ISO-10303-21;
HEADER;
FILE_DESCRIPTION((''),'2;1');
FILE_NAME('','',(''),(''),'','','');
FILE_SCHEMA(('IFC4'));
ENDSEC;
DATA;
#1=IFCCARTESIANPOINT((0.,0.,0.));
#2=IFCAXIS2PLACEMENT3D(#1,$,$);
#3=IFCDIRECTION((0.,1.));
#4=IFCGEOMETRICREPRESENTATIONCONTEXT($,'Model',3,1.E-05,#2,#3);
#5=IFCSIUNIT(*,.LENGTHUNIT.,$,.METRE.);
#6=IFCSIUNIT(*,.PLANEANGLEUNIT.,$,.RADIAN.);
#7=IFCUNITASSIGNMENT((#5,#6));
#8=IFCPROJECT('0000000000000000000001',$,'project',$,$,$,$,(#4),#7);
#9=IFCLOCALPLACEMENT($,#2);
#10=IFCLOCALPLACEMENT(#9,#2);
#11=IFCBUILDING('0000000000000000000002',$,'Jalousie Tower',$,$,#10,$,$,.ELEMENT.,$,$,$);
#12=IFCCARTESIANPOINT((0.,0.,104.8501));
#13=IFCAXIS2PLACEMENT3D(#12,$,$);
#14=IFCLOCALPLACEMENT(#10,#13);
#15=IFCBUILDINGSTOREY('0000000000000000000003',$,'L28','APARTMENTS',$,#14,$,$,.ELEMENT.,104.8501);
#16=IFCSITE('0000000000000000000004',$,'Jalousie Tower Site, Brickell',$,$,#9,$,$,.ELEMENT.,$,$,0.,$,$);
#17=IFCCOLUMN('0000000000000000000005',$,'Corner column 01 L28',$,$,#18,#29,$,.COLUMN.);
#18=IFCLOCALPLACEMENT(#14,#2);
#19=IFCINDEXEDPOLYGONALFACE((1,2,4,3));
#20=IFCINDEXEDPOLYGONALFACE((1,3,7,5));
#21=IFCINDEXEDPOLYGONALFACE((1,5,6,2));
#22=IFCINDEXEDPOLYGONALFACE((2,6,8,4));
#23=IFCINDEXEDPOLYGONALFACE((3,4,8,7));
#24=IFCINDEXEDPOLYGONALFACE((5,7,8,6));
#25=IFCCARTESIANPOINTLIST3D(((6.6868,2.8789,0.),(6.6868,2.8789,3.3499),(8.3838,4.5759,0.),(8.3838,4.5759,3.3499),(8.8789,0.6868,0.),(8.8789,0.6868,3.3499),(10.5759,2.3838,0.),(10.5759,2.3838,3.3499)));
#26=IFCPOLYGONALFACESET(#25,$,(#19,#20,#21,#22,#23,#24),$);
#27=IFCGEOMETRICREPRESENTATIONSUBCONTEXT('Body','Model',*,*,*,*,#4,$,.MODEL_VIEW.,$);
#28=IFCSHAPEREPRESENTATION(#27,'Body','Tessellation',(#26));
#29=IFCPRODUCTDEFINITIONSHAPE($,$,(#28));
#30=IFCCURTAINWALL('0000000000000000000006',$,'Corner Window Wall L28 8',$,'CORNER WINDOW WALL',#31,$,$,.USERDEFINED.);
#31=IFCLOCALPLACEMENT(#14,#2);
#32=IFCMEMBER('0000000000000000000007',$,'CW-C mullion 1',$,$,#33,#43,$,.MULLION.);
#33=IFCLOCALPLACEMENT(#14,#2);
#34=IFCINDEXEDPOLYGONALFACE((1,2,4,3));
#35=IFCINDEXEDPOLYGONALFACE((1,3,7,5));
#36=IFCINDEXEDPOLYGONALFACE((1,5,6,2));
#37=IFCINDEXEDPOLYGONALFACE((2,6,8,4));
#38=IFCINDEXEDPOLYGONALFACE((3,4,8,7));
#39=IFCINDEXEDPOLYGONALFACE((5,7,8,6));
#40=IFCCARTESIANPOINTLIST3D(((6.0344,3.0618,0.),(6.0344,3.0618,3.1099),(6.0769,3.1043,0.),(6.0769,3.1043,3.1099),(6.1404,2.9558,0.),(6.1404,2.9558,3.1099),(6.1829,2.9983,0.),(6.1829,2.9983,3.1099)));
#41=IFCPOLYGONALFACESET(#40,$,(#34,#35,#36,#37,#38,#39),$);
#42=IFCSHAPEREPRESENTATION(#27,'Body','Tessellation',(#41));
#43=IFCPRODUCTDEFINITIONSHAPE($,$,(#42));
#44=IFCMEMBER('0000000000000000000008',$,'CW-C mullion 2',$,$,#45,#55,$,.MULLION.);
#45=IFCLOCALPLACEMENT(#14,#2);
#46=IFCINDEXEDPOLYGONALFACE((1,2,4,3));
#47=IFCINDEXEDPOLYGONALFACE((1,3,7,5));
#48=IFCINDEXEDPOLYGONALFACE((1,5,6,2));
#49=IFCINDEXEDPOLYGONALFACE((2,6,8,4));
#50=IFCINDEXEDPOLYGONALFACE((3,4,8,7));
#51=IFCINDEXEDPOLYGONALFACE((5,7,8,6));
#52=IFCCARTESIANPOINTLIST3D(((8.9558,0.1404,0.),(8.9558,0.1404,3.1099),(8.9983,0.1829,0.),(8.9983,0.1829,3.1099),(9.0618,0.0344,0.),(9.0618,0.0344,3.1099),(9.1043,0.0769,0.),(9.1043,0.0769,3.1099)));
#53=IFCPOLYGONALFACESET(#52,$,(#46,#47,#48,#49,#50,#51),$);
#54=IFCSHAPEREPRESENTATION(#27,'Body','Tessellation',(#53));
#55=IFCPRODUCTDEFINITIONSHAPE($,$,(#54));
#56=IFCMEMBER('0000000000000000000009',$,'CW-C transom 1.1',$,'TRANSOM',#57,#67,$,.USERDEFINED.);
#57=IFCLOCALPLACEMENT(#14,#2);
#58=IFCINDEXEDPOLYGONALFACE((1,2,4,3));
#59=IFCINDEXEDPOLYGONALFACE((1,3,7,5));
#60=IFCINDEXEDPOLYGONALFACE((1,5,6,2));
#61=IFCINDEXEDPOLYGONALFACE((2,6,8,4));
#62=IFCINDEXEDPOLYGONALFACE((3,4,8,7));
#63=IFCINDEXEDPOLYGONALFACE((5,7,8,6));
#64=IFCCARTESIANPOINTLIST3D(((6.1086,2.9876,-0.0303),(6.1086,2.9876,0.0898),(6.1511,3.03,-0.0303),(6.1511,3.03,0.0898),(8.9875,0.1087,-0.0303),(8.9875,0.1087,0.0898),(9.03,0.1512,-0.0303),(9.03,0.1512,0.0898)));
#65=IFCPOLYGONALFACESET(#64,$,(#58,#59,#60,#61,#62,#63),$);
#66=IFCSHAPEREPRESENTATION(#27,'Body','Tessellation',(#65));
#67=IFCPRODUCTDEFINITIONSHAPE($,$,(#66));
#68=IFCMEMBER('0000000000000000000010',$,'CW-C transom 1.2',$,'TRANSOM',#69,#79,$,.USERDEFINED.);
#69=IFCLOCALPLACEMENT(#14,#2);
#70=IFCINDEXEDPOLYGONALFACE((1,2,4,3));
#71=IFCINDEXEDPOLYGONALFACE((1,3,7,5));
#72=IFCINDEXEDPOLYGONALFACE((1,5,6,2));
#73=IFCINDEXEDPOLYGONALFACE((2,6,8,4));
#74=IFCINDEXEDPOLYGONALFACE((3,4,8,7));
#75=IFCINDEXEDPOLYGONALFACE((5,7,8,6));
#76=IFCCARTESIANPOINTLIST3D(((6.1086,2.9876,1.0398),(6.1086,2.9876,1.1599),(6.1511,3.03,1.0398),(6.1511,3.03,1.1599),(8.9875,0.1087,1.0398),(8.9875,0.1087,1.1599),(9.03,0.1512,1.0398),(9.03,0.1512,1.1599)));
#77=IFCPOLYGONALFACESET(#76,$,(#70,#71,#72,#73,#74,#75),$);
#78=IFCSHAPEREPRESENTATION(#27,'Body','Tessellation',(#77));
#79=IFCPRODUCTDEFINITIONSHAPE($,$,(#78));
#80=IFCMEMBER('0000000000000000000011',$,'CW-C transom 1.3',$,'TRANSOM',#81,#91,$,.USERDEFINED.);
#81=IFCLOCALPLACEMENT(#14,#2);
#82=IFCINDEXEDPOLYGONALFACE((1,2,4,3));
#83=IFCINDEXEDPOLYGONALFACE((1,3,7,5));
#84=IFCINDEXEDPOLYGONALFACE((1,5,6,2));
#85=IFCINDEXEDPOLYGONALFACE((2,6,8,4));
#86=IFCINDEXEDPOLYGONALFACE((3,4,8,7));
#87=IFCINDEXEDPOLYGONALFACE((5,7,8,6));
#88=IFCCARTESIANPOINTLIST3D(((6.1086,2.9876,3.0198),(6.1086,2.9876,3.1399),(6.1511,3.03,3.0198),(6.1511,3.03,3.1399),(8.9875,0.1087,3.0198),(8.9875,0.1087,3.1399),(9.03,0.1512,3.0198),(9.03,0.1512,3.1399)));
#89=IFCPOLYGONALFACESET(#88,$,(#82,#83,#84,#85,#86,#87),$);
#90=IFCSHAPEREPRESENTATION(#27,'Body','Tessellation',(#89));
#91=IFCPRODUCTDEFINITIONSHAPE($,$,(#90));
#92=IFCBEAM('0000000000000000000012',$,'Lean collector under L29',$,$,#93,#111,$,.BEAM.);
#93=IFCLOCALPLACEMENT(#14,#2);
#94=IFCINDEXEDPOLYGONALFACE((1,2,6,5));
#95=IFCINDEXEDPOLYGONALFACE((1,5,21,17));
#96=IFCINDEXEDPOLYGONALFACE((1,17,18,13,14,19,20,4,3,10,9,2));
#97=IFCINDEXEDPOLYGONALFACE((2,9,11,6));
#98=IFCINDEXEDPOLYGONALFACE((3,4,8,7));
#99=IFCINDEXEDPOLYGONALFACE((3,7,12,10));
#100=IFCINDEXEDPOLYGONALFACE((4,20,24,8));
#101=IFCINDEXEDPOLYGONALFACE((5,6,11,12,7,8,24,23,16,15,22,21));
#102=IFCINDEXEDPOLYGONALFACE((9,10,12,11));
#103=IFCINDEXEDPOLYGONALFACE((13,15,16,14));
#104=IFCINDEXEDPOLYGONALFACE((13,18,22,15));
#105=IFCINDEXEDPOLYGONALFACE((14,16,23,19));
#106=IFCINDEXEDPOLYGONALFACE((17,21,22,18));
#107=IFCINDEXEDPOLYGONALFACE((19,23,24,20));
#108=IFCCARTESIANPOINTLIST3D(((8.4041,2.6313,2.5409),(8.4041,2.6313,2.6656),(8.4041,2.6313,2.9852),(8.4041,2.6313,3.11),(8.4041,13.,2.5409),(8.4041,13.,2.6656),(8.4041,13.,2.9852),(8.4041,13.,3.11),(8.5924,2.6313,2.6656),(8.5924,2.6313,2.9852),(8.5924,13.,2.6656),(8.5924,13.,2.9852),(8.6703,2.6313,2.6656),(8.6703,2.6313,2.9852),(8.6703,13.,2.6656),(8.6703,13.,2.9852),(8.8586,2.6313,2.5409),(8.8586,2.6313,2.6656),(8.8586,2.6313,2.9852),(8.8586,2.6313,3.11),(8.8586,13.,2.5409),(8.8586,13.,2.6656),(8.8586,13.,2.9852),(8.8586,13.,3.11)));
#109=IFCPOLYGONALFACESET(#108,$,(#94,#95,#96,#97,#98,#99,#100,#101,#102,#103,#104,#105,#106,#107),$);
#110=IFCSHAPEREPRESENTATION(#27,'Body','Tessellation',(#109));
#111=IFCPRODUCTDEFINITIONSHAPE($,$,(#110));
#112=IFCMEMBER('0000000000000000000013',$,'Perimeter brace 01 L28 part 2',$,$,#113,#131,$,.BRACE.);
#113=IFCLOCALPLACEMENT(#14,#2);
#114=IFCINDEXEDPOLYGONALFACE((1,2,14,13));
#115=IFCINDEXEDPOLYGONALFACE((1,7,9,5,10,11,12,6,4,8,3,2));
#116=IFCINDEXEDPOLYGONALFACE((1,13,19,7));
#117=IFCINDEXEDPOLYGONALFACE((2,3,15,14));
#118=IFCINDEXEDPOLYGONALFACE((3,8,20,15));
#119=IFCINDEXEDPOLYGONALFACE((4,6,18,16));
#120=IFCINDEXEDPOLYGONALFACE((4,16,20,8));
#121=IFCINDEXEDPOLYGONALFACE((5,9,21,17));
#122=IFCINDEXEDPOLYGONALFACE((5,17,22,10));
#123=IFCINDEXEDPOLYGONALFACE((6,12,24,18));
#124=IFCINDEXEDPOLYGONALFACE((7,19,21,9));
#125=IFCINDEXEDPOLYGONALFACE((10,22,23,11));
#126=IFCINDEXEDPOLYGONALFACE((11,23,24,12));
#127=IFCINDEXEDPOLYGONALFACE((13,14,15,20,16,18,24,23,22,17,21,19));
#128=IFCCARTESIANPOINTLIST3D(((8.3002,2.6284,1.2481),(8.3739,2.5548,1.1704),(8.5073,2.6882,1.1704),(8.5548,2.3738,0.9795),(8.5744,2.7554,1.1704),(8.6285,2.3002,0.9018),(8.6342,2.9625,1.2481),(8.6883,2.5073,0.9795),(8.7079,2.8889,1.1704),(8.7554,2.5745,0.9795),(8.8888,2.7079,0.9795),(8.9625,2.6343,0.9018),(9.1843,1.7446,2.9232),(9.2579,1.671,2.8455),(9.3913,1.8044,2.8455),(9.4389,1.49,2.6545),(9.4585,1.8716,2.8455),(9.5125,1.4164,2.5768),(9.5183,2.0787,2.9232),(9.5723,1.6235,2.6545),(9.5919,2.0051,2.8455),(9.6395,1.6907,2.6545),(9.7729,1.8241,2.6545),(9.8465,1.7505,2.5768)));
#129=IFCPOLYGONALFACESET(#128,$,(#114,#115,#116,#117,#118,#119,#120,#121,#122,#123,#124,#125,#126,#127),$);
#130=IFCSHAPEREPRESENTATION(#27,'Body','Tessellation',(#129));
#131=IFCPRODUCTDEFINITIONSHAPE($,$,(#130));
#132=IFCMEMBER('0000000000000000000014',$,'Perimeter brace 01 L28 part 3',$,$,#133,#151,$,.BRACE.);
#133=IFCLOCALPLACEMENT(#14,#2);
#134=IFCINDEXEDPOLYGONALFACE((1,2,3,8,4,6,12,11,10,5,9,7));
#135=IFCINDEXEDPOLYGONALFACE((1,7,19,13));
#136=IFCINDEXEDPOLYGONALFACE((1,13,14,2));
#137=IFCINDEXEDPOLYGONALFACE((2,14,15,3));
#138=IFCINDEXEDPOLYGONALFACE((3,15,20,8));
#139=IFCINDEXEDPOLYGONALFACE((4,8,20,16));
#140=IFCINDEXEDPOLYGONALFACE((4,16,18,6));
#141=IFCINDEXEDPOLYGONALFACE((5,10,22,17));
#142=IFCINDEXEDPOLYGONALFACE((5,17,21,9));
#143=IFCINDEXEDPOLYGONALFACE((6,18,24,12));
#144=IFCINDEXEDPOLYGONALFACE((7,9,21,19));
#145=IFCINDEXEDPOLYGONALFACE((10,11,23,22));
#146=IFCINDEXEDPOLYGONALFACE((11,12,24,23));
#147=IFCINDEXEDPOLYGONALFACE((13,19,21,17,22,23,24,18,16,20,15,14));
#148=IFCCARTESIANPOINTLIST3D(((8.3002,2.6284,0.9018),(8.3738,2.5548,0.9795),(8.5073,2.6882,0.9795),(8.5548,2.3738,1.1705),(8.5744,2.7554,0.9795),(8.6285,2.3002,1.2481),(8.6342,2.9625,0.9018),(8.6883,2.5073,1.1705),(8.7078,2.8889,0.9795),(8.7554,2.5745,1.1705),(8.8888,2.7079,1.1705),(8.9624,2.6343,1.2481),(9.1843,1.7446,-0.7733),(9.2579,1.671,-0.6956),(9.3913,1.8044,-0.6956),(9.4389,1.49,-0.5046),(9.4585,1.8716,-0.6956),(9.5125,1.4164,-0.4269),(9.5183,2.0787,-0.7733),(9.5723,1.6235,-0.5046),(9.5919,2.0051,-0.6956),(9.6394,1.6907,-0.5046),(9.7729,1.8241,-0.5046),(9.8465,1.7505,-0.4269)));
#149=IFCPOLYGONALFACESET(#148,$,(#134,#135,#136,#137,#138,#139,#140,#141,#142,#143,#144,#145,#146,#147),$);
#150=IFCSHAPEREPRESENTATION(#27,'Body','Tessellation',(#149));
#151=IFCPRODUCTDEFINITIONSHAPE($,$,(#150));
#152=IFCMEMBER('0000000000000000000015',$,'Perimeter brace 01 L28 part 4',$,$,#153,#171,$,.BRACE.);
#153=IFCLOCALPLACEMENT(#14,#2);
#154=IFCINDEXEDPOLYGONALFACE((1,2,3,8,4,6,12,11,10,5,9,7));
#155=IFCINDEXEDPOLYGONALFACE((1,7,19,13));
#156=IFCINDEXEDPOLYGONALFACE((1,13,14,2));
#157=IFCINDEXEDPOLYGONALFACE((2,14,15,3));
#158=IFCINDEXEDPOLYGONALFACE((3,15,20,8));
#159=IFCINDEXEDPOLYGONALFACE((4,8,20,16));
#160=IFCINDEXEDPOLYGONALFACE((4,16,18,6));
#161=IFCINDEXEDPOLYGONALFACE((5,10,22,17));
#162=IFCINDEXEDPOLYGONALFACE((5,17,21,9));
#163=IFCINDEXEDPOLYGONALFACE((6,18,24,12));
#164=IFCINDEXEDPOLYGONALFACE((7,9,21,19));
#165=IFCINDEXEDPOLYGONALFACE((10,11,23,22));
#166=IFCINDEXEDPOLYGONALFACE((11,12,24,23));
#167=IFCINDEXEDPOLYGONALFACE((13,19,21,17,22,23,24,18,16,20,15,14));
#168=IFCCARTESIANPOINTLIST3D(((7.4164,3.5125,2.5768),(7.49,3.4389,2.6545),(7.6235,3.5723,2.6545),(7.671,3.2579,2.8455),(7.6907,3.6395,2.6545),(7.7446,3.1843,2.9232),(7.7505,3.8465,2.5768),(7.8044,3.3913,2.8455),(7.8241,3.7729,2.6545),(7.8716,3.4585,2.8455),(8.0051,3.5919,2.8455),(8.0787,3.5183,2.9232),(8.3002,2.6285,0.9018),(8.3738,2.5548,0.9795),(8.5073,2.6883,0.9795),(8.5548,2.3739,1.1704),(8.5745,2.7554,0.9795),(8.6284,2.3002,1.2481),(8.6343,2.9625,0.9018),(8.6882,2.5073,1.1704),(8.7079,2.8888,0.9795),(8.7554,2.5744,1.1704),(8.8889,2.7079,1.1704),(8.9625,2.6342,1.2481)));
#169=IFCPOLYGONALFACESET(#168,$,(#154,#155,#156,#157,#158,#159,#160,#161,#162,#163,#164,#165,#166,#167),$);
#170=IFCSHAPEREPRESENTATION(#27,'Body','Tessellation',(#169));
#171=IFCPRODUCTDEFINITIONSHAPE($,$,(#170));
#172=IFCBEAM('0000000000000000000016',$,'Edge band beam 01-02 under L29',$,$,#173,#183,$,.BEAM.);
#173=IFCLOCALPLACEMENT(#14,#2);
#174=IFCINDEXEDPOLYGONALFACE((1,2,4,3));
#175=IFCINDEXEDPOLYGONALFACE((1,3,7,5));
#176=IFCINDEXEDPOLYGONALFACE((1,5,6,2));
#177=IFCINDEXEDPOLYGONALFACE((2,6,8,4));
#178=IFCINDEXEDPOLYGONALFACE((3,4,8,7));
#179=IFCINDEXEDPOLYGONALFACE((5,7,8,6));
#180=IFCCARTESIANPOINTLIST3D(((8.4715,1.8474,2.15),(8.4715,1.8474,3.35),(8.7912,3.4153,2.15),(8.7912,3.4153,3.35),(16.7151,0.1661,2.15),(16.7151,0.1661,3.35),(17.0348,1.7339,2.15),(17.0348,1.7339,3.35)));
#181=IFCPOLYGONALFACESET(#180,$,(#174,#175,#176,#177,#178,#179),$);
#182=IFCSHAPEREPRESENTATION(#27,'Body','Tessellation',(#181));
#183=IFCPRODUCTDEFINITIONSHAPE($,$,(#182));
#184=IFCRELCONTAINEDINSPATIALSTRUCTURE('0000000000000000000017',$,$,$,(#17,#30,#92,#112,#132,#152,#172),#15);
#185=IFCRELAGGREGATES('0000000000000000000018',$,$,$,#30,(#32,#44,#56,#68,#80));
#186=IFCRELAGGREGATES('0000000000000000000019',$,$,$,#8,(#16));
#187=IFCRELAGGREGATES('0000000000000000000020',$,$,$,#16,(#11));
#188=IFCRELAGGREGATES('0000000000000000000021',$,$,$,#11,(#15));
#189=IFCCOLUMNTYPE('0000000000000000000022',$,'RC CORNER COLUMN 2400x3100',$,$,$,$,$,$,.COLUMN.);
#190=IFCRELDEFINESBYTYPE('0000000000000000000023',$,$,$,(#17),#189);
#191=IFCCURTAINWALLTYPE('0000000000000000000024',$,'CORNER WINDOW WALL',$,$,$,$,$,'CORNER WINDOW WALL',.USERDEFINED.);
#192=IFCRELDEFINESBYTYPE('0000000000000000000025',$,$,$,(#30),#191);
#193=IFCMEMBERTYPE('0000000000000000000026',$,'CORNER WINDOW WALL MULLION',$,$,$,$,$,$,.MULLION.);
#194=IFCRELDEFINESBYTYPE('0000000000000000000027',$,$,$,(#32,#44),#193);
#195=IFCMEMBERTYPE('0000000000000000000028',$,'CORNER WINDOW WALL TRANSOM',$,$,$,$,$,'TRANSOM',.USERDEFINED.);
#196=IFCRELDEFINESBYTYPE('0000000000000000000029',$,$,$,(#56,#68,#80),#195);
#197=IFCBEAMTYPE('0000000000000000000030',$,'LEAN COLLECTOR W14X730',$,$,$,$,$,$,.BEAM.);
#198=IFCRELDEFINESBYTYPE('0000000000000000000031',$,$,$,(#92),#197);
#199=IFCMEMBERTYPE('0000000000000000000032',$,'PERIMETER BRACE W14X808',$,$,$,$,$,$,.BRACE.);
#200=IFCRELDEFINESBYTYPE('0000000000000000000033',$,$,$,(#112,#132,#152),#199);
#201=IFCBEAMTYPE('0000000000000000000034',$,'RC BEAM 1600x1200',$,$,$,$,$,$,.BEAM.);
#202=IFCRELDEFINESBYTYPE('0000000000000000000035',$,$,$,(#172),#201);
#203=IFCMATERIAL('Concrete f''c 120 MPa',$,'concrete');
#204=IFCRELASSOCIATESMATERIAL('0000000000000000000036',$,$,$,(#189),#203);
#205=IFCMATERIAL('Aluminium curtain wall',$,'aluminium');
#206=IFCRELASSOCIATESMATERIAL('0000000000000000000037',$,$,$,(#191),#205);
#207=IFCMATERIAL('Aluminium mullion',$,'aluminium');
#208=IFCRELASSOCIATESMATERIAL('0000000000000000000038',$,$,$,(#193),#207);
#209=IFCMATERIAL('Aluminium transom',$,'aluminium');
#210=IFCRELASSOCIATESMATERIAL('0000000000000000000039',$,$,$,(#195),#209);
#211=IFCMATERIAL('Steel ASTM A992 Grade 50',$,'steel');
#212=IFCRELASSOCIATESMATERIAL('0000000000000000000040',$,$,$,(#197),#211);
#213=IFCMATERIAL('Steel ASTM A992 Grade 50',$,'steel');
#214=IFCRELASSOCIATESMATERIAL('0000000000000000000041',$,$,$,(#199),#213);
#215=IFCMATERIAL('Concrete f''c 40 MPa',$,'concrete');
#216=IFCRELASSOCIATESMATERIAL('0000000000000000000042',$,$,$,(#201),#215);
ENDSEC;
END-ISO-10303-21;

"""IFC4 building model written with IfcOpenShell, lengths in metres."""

from ifc_helpers import new_model, si_unit, direction, frame, origin, origin_2d, place, context, subcontext, project, spatial, rectangle, i_section, extrude, material, material_profile, profile_set, type_object, element, aggregate, save


model = new_model("IFC4")

# Units and contexts
model_context = context("Model", 3, precision=1e-05, world=origin(), true_north=direction((0.0, 1.0)))
body_context = subcontext(model_context, "Body", "Model", "MODEL_VIEW")
ifc_project = project(units=[si_unit("LENGTHUNIT", "METRE"), si_unit("PLANEANGLEUNIT", "RADIAN")], contexts=[model_context])

# Site, building, storey
site_placement = place(None, origin())
site = spatial("IfcSite", under=ifc_project, at=site_placement, Name="Jalousie Tower Site, Brickell", CompositionType="ELEMENT", RefElevation=0.0)
building_placement = place(site_placement, origin())
building = spatial("IfcBuilding", under=site, at=building_placement, Name="Jalousie Tower", CompositionType="ELEMENT")
storey_placement = place(building_placement, frame((0.0, 0.0, 104.8501)))
storey = spatial("IfcBuildingStorey", under=building, at=storey_placement, Name="L28", Description="APARTMENTS", CompositionType="ELEMENT", Elevation=104.8501)

# Column
ifc_material_1 = material(Name="Concrete f'c 120 MPa", Category="concrete")
ifc_material_profile_1 = material_profile(ifc_material_1, rectangle(XDim=2.3999, YDim=3.1001, at=origin_2d()), Name="RC 2400x3100")
ifc_profile_set_1 = profile_set([ifc_material_profile_1], Name="Concrete f'c 120 MPa")
column_type = type_object("IfcColumnType", Name="RC CORNER COLUMN 2400x3100", PredefinedType="COLUMN", material=ifc_profile_set_1)
column_placement = place(storey_placement, frame((8.6313, 2.6313, 0.0), z_axis=(0.0, 0.0, 1.0), x_axis=(0.707107, 0.707107, 0.0)))
element("IfcColumn", 1, at=column_placement, inside=storey, type_object=column_type, Name="Corner column 01 L28", PredefinedType="COLUMN", context=body_context, shape_type="SweptSolid", body=[
    extrude(rectangle(XDim=2.3999, YDim=3.1001, at=origin_2d()), origin(), (0.0, 0.0, 1.0), 3.3499),
])

# Curtain wall, members
ifc_material_2 = material(Name="Aluminium curtain wall", Category="aluminium")
curtain_wall_type_1 = type_object("IfcCurtainWallType", Name="CORNER WINDOW WALL", ElementType="CORNER WINDOW WALL", PredefinedType="USERDEFINED", material=ifc_material_2)
curtain_wall_1_placement = place(storey_placement, origin())
curtain_wall_1 = element("IfcCurtainWall", 2, at=curtain_wall_1_placement, inside=storey, type_object=curtain_wall_type_1, Name="Corner Window Wall L28 8", ObjectType="CORNER WINDOW WALL", PredefinedType="USERDEFINED")
ifc_material_3 = material(Name="Aluminium mullion", Category="aluminium")
ifc_material_profile_2 = material_profile(ifc_material_3, rectangle(XDim=0.0601, YDim=0.1499, at=origin_2d()), Name="MULLION 60x150")
ifc_profile_set_2 = profile_set([ifc_material_profile_2], Name="Aluminium mullion")
member_type_1 = type_object("IfcMemberType", Name="CORNER WINDOW WALL MULLION", PredefinedType="MULLION", material=ifc_profile_set_2)
member_1_placement = place(storey_placement, frame((6.1086, 3.03, 0.0), z_axis=(0.0, 0.0, 1.0), x_axis=(0.707107, 0.707107, 0.0)))
member_1 = element("IfcMember", 3, at=member_1_placement, type_object=member_type_1, Name="CW-C mullion 1", PredefinedType="MULLION", context=body_context, shape_type="SweptSolid", body=[
    extrude(rectangle(XDim=0.0601, YDim=0.1499, at=origin_2d()), origin(), (0.0, 0.0, 1.0), 3.1099),
])
member_2_placement = place(storey_placement, frame((9.03, 0.1086, 0.0), z_axis=(0.0, 0.0, 1.0), x_axis=(0.707107, 0.707107, 0.0)))
member_2 = element("IfcMember", 4, at=member_2_placement, type_object=member_type_1, Name="CW-C mullion 2", PredefinedType="MULLION", context=body_context, shape_type="SweptSolid", body=[
    extrude(rectangle(XDim=0.0601, YDim=0.1499, at=origin_2d()), origin(), (0.0, 0.0, 1.0), 3.1099),
])
ifc_material_4 = material(Name="Aluminium transom", Category="aluminium")
ifc_material_profile_3 = material_profile(ifc_material_4, rectangle(XDim=0.0601, YDim=0.1201, at=origin_2d()), Name="TRANSOM 60x120")
ifc_profile_set_3 = profile_set([ifc_material_profile_3], Name="Aluminium transom")
member_type_2 = type_object("IfcMemberType", Name="CORNER WINDOW WALL TRANSOM", ElementType="TRANSOM", PredefinedType="USERDEFINED", material=ifc_profile_set_3)
member_3_placement = place(storey_placement, frame((6.1299, 3.0088, 0.0298), z_axis=(0.707107, -0.707107, 0.0), x_axis=(0.707107, 0.707107, 0.0)))
member_3 = element("IfcMember", 5, at=member_3_placement, type_object=member_type_2, Name="CW-C transom 1.1", ObjectType="TRANSOM", PredefinedType="USERDEFINED", context=body_context, shape_type="SweptSolid", body=[
    extrude(rectangle(XDim=0.0601, YDim=0.1201, at=origin_2d()), origin(), (0.0, 0.0, 1.0), 4.0713),
])
member_4_placement = place(storey_placement, frame((6.1299, 3.0088, 1.0999), z_axis=(0.707107, -0.707107, 0.0), x_axis=(0.707107, 0.707107, 0.0)))
member_4 = element("IfcMember", 6, at=member_4_placement, type_object=member_type_2, Name="CW-C transom 1.2", ObjectType="TRANSOM", PredefinedType="USERDEFINED", context=body_context, shape_type="SweptSolid", body=[
    extrude(rectangle(XDim=0.0601, YDim=0.1201, at=origin_2d()), origin(), (0.0, 0.0, 1.0), 4.0713),
])
member_5_placement = place(storey_placement, frame((6.1299, 3.0088, 3.0798), z_axis=(0.707107, -0.707107, 0.0), x_axis=(0.707107, 0.707107, 0.0)))
member_5 = element("IfcMember", 7, at=member_5_placement, type_object=member_type_2, Name="CW-C transom 1.3", ObjectType="TRANSOM", PredefinedType="USERDEFINED", context=body_context, shape_type="SweptSolid", body=[
    extrude(rectangle(XDim=0.0601, YDim=0.1201, at=origin_2d()), origin(), (0.0, 0.0, 1.0), 4.0713),
])

# Beam
ifc_material_5 = material(Name="Steel ASTM A992 Grade 50", Category="steel")
ifc_material_profile_4 = material_profile(ifc_material_5, i_section(OverallWidth=0.4546, OverallDepth=0.5691, WebThickness=0.0779, FlangeThickness=0.1248, at=origin_2d()), Name="W14X730")
ifc_profile_set_4 = profile_set([ifc_material_profile_4], Name="Steel ASTM A992 Grade 50")
beam_type_1 = type_object("IfcBeamType", Name="LEAN COLLECTOR W14X730", PredefinedType="BEAM", material=ifc_profile_set_4)
beam_1_placement = place(storey_placement, frame((8.6313, 2.6313, 2.8254), z_axis=(0.0, 1.0, 0.0), x_axis=(-1.0, 0.0, 0.0)))
element("IfcBeam", 8, at=beam_1_placement, inside=storey, type_object=beam_type_1, Name="Lean collector under L29", PredefinedType="BEAM", context=body_context, shape_type="SweptSolid", body=[
    extrude(i_section(OverallWidth=0.4546, OverallDepth=0.5691, WebThickness=0.0779, FlangeThickness=0.1248, at=origin_2d()), origin(), (0.0, 0.0, 1.0), 10.3687),
])

# Members
ifc_material_6 = material(Name="Steel ASTM A992 Grade 50", Category="steel")
ifc_material_profile_5 = material_profile(ifc_material_6, i_section(OverallWidth=0.4724, OverallDepth=0.5791, WebThickness=0.095, FlangeThickness=0.1299, at=origin_2d()), Name="W14X808")
ifc_profile_set_5 = profile_set([ifc_material_profile_5], Name="Steel ASTM A992 Grade 50")
member_type_3 = type_object("IfcMemberType", Name="PERIMETER BRACE W14X808", PredefinedType="BRACE", material=ifc_profile_set_5)
for number, where, z_axis, x_axis, name in (
    (9, (8.6313, 2.6313, 1.075), (0.422969, -0.422852, 0.801432), (0.707009, 0.707204, 0.0), "Perimeter brace 01 L28 part 2"),
    (10, (9.5154, 1.7476, -0.6001), (-0.422969, 0.422852, 0.801432), (-0.707009, -0.707204, 0.0), "Perimeter brace 01 L28 part 3"),
    (11, (8.6313, 2.6313, 1.075), (-0.422852, 0.422969, 0.801432), (-0.707204, -0.707009, 0.0), "Perimeter brace 01 L28 part 4"),
):
    element("IfcMember", number, at=place(storey_placement, frame(where, z_axis=z_axis, x_axis=x_axis)), inside=storey, type_object=member_type_3, Name=name, PredefinedType="BRACE", context=body_context, shape_type="SweptSolid", body=[
        extrude(i_section(OverallWidth=0.4724, OverallDepth=0.5791, WebThickness=0.095, FlangeThickness=0.1299, at=origin_2d()), origin(), (0.0, 0.0, 1.0), 2.0901),
    ])

# Beam
ifc_material_7 = material(Name="Concrete f'c 40 MPa", Category="concrete")
ifc_material_profile_6 = material_profile(ifc_material_7, rectangle(XDim=1.6001, YDim=1.2, at=origin_2d()), Name="RC 1600x1200")
ifc_profile_set_6 = profile_set([ifc_material_profile_6], Name="Concrete f'c 40 MPa")
beam_type_2 = type_object("IfcBeamType", Name="RC BEAM 1600x1200", PredefinedType="BEAM", material=ifc_profile_set_6)
beam_2_placement = place(storey_placement, frame((8.6313, 2.6313, 2.75), z_axis=(0.979827, -0.199848, 0.0), x_axis=(0.199848, 0.979827, 0.0)))
element("IfcBeam", 12, at=beam_2_placement, inside=storey, type_object=beam_type_2, Name="Edge band beam 01-02 under L29", PredefinedType="BEAM", context=body_context, shape_type="SweptSolid", body=[
    extrude(rectangle(XDim=1.6001, YDim=1.2, at=origin_2d()), origin(), (0.0, 0.0, 1.0), 8.4133),
])

aggregate(curtain_wall_1, [member_1, member_2, member_3, member_4, member_5])

save(model, "model.ifc")
